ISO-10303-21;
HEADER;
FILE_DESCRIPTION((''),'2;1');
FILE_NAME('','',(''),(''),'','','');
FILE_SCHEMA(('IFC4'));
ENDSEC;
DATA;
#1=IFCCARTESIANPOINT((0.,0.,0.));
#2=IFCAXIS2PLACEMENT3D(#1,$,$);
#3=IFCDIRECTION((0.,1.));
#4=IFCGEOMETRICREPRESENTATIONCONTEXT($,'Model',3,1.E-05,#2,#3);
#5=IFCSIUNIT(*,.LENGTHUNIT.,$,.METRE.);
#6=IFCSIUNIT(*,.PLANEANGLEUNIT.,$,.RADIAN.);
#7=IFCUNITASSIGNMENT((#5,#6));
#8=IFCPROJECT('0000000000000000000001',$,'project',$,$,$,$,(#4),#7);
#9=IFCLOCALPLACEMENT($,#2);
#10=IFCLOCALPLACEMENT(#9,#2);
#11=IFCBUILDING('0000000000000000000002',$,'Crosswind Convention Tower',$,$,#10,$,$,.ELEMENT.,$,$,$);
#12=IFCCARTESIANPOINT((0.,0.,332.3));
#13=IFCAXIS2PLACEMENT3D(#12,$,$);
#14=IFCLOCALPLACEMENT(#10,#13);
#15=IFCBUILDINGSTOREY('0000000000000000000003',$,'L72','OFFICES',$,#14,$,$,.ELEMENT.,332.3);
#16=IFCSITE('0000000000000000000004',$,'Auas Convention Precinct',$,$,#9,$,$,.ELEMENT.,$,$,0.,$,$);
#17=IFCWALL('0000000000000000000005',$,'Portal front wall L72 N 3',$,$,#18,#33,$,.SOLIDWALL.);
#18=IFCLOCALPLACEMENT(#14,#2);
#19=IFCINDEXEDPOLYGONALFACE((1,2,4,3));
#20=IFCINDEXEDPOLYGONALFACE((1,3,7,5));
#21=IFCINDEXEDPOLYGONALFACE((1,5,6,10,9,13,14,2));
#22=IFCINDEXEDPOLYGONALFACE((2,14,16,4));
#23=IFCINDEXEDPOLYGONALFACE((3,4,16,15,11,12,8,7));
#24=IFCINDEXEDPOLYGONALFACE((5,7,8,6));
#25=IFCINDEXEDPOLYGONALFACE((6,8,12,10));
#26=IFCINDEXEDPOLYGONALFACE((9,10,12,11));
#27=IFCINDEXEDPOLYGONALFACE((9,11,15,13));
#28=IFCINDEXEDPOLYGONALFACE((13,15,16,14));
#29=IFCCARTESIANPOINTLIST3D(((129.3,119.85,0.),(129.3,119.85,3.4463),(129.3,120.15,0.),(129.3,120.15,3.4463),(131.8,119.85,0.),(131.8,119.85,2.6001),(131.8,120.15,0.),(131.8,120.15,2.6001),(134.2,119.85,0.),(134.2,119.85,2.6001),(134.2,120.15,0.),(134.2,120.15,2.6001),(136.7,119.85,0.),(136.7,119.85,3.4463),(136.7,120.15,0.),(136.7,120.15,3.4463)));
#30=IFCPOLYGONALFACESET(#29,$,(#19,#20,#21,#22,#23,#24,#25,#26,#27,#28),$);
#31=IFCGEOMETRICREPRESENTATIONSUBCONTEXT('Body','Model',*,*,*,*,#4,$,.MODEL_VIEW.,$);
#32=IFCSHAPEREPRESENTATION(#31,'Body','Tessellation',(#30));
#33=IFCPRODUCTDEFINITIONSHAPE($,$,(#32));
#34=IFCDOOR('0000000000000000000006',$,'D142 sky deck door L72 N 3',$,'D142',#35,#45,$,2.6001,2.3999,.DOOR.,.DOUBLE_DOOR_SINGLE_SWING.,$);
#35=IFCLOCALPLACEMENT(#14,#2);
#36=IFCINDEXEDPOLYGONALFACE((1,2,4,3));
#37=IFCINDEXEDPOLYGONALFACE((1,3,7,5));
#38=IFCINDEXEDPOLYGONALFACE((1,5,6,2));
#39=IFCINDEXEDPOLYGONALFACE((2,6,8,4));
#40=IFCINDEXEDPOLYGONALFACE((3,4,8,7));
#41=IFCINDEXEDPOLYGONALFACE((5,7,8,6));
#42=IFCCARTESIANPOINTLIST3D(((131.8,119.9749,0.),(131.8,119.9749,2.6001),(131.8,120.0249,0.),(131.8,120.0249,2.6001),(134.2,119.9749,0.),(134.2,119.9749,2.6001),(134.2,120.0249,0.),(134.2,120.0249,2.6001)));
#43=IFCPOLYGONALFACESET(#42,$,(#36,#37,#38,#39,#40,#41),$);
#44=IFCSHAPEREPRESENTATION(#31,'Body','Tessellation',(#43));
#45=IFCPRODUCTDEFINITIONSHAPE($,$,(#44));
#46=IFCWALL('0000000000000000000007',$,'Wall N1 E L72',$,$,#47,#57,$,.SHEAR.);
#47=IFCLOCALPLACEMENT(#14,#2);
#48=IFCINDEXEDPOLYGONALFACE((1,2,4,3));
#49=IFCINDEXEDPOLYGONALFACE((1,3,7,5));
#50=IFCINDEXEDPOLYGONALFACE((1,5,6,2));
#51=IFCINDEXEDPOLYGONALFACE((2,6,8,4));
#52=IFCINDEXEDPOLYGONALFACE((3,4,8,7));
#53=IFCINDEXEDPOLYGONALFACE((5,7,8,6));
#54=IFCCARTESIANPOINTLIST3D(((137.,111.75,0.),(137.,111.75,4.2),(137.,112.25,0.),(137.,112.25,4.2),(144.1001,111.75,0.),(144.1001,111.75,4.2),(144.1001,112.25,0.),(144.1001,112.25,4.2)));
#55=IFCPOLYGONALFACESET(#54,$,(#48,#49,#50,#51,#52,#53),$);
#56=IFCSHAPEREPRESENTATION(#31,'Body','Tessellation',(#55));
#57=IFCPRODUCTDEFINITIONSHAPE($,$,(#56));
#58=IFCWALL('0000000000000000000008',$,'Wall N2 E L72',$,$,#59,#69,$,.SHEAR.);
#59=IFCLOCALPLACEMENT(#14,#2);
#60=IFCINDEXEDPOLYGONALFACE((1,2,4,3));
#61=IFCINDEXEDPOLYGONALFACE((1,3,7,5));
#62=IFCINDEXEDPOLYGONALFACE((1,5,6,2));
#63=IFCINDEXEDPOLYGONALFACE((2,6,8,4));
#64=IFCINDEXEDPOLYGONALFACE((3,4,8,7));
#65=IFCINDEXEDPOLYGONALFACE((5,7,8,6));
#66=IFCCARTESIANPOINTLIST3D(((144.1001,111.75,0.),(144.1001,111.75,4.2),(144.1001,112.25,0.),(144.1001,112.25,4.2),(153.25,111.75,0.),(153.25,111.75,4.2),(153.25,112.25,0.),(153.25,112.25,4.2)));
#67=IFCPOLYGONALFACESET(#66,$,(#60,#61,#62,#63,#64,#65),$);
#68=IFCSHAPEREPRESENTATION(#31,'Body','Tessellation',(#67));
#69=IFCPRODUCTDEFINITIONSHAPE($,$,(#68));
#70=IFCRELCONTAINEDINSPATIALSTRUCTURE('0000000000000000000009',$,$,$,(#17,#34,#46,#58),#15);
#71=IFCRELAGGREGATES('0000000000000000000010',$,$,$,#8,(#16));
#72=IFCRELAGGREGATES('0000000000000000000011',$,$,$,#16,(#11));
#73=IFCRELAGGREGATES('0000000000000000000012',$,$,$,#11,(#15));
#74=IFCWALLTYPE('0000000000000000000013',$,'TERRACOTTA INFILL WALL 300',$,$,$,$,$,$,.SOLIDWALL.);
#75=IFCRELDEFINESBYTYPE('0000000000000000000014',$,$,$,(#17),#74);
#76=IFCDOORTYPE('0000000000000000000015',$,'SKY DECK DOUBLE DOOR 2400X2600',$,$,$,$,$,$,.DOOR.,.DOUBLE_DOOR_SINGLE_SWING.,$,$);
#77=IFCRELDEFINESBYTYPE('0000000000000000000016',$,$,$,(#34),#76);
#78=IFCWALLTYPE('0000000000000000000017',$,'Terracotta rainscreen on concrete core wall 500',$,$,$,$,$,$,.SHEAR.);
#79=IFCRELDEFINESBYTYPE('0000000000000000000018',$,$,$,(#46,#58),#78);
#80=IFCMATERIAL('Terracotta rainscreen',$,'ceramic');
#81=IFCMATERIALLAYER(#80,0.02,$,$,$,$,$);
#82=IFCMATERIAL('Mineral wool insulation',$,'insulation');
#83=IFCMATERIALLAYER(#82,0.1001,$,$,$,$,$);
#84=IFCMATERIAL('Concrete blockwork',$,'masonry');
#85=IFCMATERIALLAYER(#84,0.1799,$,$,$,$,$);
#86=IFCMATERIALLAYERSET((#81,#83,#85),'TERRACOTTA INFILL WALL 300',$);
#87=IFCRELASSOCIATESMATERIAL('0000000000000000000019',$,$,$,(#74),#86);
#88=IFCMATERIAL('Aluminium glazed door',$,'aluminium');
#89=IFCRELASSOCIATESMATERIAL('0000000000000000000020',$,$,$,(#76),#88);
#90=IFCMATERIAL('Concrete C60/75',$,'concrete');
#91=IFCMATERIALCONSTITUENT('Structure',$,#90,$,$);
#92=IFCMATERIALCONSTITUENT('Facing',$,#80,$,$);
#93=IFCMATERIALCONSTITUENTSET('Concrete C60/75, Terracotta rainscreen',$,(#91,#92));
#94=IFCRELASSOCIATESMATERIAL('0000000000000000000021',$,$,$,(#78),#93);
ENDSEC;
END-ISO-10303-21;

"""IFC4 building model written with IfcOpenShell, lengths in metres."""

from ifc_helpers import new_model, si_unit, direction, frame, frame_2d, origin, place, context, subcontext, project, spatial, rectangle, extrude, material, layer, layer_set, constituent, constituent_set, type_object, element, fill, save


model = new_model("IFC4")

# Units and contexts
model_context = context("Model", 3, precision=1e-05, world=origin(), true_north=direction((0.0, 1.0)))
body_context = subcontext(model_context, "Body", "Model", "MODEL_VIEW")
ifc_project = project(units=[si_unit("LENGTHUNIT", "METRE"), si_unit("PLANEANGLEUNIT", "RADIAN")], contexts=[model_context])

# Site, building, storey
site_placement = place(None, origin())
site = spatial("IfcSite", under=ifc_project, at=site_placement, Name="Auas Convention Precinct", CompositionType="ELEMENT", RefElevation=0.0)
building_placement = place(site_placement, origin())
building = spatial("IfcBuilding", under=site, at=building_placement, Name="Crosswind Convention Tower", CompositionType="ELEMENT")
storey_placement = place(building_placement, frame((0.0, 0.0, 332.3)))
storey = spatial("IfcBuildingStorey", under=building, at=storey_placement, Name="L72", Description="OFFICES", CompositionType="ELEMENT", Elevation=332.3)

# Shared definitions
ifc_material_1 = material(Name="Concrete C60/75", Category="concrete")

# Wall, opening, door
ifc_material_2 = material(Name="Terracotta rainscreen", Category="ceramic")
ifc_layer_1 = layer(ifc_material_2, 0.02)
ifc_material_3 = material(Name="Mineral wool insulation", Category="insulation")
ifc_layer_2 = layer(ifc_material_3, 0.1001)
ifc_material_4 = material(Name="Concrete blockwork", Category="masonry")
ifc_layer_3 = layer(ifc_material_4, 0.1799)
ifc_layer_set_1 = layer_set([ifc_layer_1, ifc_layer_2, ifc_layer_3], Name="TERRACOTTA INFILL WALL 300")
wall_type_1 = type_object("IfcWallType", Name="TERRACOTTA INFILL WALL 300", PredefinedType="SOLIDWALL", material=ifc_layer_set_1)
wall_1_placement = place(storey_placement, frame((129.3, 120.0, 0.0), z_axis=(0.0, 0.0, 1.0), x_axis=(1.0, 0.0, 0.0)))
wall_1 = element("IfcWall", 1, at=wall_1_placement, inside=storey, type_object=wall_type_1, Name="Portal front wall L72 N 3", PredefinedType="SOLIDWALL", context=body_context, shape_type="SweptSolid", body=[
    extrude(rectangle(XDim=7.3999, YDim=0.3, at=frame_2d((3.7, 0.0))), origin(), (0.0, 0.0, 1.0), 3.4463),
])
opening_placement = place(wall_1_placement, frame((2.5, 0.0, 0.0)))
opening = element("IfcOpeningElement", 2, at=opening_placement, cuts=wall_1, PredefinedType="OPENING", context=body_context, shape_type="SweptSolid", body=[
    extrude(rectangle(XDim=2.3999, YDim=2.6001, at=frame_2d((1.2, 1.3))), frame((0.0, 0.1599, 0.0), z_axis=(0.0, -1.0, 0.0), x_axis=(1.0, 0.0, 0.0)), (0.0, 0.0, 1.0), 0.3201),
])
ifc_material_5 = material(Name="Aluminium glazed door", Category="aluminium")
door_type = type_object("IfcDoorType", Name="SKY DECK DOUBLE DOOR 2400X2600", OperationType="DOUBLE_DOOR_SINGLE_SWING", PredefinedType="DOOR", material=ifc_material_5)
door_placement = place(opening_placement, origin())
door = element("IfcDoor", 3, at=door_placement, inside=storey, type_object=door_type, Name="D142 sky deck door L72 N 3", ObjectType="D142", OperationType="DOUBLE_DOOR_SINGLE_SWING", OverallHeight=2.6001, OverallWidth=2.3999, PredefinedType="DOOR", context=body_context, shape_type="SweptSolid", body=[
    extrude(rectangle(XDim=2.3999, YDim=2.6001, at=frame_2d((1.2, 1.3))), frame((0.0, 0.0249, 0.0), z_axis=(0.0, -1.0, 0.0), x_axis=(1.0, 0.0, 0.0)), (0.0, 0.0, 1.0), 0.05),
])
fill(opening, door)

# Walls
ifc_constituent_1 = constituent(ifc_material_1, Name="Structure")
ifc_constituent_2 = constituent(ifc_material_2, Name="Facing")
ifc_constituent_set = constituent_set(constituents=[ifc_constituent_1, ifc_constituent_2], Name="Concrete C60/75, Terracotta rainscreen")
wall_type_2 = type_object("IfcWallType", Name="Terracotta rainscreen on concrete core wall 500", PredefinedType="SHEAR", material=ifc_constituent_set)
wall_2_placement = place(storey_placement, frame((137.0, 112.0, 0.0), z_axis=(0.0, 0.0, 1.0), x_axis=(1.0, 0.0, 0.0)))
element("IfcWall", 4, at=wall_2_placement, inside=storey, type_object=wall_type_2, Name="Wall N1 E L72", PredefinedType="SHEAR", context=body_context, shape_type="SweptSolid", body=[
    extrude(rectangle(XDim=7.1001, YDim=0.5, at=frame_2d((3.55, 0.0))), origin(), (0.0, 0.0, 1.0), 4.2),
])
wall_3_placement = place(storey_placement, frame((144.1001, 112.0, 0.0), z_axis=(0.0, 0.0, 1.0), x_axis=(1.0, 0.0, 0.0)))
element("IfcWall", 5, at=wall_3_placement, inside=storey, type_object=wall_type_2, Name="Wall N2 E L72", PredefinedType="SHEAR", context=body_context, shape_type="SweptSolid", body=[
    extrude(rectangle(XDim=9.1499, YDim=0.5, at=frame_2d((4.575, 0.0))), origin(), (0.0, 0.0, 1.0), 4.2),
])

save(model, "model.ifc")
